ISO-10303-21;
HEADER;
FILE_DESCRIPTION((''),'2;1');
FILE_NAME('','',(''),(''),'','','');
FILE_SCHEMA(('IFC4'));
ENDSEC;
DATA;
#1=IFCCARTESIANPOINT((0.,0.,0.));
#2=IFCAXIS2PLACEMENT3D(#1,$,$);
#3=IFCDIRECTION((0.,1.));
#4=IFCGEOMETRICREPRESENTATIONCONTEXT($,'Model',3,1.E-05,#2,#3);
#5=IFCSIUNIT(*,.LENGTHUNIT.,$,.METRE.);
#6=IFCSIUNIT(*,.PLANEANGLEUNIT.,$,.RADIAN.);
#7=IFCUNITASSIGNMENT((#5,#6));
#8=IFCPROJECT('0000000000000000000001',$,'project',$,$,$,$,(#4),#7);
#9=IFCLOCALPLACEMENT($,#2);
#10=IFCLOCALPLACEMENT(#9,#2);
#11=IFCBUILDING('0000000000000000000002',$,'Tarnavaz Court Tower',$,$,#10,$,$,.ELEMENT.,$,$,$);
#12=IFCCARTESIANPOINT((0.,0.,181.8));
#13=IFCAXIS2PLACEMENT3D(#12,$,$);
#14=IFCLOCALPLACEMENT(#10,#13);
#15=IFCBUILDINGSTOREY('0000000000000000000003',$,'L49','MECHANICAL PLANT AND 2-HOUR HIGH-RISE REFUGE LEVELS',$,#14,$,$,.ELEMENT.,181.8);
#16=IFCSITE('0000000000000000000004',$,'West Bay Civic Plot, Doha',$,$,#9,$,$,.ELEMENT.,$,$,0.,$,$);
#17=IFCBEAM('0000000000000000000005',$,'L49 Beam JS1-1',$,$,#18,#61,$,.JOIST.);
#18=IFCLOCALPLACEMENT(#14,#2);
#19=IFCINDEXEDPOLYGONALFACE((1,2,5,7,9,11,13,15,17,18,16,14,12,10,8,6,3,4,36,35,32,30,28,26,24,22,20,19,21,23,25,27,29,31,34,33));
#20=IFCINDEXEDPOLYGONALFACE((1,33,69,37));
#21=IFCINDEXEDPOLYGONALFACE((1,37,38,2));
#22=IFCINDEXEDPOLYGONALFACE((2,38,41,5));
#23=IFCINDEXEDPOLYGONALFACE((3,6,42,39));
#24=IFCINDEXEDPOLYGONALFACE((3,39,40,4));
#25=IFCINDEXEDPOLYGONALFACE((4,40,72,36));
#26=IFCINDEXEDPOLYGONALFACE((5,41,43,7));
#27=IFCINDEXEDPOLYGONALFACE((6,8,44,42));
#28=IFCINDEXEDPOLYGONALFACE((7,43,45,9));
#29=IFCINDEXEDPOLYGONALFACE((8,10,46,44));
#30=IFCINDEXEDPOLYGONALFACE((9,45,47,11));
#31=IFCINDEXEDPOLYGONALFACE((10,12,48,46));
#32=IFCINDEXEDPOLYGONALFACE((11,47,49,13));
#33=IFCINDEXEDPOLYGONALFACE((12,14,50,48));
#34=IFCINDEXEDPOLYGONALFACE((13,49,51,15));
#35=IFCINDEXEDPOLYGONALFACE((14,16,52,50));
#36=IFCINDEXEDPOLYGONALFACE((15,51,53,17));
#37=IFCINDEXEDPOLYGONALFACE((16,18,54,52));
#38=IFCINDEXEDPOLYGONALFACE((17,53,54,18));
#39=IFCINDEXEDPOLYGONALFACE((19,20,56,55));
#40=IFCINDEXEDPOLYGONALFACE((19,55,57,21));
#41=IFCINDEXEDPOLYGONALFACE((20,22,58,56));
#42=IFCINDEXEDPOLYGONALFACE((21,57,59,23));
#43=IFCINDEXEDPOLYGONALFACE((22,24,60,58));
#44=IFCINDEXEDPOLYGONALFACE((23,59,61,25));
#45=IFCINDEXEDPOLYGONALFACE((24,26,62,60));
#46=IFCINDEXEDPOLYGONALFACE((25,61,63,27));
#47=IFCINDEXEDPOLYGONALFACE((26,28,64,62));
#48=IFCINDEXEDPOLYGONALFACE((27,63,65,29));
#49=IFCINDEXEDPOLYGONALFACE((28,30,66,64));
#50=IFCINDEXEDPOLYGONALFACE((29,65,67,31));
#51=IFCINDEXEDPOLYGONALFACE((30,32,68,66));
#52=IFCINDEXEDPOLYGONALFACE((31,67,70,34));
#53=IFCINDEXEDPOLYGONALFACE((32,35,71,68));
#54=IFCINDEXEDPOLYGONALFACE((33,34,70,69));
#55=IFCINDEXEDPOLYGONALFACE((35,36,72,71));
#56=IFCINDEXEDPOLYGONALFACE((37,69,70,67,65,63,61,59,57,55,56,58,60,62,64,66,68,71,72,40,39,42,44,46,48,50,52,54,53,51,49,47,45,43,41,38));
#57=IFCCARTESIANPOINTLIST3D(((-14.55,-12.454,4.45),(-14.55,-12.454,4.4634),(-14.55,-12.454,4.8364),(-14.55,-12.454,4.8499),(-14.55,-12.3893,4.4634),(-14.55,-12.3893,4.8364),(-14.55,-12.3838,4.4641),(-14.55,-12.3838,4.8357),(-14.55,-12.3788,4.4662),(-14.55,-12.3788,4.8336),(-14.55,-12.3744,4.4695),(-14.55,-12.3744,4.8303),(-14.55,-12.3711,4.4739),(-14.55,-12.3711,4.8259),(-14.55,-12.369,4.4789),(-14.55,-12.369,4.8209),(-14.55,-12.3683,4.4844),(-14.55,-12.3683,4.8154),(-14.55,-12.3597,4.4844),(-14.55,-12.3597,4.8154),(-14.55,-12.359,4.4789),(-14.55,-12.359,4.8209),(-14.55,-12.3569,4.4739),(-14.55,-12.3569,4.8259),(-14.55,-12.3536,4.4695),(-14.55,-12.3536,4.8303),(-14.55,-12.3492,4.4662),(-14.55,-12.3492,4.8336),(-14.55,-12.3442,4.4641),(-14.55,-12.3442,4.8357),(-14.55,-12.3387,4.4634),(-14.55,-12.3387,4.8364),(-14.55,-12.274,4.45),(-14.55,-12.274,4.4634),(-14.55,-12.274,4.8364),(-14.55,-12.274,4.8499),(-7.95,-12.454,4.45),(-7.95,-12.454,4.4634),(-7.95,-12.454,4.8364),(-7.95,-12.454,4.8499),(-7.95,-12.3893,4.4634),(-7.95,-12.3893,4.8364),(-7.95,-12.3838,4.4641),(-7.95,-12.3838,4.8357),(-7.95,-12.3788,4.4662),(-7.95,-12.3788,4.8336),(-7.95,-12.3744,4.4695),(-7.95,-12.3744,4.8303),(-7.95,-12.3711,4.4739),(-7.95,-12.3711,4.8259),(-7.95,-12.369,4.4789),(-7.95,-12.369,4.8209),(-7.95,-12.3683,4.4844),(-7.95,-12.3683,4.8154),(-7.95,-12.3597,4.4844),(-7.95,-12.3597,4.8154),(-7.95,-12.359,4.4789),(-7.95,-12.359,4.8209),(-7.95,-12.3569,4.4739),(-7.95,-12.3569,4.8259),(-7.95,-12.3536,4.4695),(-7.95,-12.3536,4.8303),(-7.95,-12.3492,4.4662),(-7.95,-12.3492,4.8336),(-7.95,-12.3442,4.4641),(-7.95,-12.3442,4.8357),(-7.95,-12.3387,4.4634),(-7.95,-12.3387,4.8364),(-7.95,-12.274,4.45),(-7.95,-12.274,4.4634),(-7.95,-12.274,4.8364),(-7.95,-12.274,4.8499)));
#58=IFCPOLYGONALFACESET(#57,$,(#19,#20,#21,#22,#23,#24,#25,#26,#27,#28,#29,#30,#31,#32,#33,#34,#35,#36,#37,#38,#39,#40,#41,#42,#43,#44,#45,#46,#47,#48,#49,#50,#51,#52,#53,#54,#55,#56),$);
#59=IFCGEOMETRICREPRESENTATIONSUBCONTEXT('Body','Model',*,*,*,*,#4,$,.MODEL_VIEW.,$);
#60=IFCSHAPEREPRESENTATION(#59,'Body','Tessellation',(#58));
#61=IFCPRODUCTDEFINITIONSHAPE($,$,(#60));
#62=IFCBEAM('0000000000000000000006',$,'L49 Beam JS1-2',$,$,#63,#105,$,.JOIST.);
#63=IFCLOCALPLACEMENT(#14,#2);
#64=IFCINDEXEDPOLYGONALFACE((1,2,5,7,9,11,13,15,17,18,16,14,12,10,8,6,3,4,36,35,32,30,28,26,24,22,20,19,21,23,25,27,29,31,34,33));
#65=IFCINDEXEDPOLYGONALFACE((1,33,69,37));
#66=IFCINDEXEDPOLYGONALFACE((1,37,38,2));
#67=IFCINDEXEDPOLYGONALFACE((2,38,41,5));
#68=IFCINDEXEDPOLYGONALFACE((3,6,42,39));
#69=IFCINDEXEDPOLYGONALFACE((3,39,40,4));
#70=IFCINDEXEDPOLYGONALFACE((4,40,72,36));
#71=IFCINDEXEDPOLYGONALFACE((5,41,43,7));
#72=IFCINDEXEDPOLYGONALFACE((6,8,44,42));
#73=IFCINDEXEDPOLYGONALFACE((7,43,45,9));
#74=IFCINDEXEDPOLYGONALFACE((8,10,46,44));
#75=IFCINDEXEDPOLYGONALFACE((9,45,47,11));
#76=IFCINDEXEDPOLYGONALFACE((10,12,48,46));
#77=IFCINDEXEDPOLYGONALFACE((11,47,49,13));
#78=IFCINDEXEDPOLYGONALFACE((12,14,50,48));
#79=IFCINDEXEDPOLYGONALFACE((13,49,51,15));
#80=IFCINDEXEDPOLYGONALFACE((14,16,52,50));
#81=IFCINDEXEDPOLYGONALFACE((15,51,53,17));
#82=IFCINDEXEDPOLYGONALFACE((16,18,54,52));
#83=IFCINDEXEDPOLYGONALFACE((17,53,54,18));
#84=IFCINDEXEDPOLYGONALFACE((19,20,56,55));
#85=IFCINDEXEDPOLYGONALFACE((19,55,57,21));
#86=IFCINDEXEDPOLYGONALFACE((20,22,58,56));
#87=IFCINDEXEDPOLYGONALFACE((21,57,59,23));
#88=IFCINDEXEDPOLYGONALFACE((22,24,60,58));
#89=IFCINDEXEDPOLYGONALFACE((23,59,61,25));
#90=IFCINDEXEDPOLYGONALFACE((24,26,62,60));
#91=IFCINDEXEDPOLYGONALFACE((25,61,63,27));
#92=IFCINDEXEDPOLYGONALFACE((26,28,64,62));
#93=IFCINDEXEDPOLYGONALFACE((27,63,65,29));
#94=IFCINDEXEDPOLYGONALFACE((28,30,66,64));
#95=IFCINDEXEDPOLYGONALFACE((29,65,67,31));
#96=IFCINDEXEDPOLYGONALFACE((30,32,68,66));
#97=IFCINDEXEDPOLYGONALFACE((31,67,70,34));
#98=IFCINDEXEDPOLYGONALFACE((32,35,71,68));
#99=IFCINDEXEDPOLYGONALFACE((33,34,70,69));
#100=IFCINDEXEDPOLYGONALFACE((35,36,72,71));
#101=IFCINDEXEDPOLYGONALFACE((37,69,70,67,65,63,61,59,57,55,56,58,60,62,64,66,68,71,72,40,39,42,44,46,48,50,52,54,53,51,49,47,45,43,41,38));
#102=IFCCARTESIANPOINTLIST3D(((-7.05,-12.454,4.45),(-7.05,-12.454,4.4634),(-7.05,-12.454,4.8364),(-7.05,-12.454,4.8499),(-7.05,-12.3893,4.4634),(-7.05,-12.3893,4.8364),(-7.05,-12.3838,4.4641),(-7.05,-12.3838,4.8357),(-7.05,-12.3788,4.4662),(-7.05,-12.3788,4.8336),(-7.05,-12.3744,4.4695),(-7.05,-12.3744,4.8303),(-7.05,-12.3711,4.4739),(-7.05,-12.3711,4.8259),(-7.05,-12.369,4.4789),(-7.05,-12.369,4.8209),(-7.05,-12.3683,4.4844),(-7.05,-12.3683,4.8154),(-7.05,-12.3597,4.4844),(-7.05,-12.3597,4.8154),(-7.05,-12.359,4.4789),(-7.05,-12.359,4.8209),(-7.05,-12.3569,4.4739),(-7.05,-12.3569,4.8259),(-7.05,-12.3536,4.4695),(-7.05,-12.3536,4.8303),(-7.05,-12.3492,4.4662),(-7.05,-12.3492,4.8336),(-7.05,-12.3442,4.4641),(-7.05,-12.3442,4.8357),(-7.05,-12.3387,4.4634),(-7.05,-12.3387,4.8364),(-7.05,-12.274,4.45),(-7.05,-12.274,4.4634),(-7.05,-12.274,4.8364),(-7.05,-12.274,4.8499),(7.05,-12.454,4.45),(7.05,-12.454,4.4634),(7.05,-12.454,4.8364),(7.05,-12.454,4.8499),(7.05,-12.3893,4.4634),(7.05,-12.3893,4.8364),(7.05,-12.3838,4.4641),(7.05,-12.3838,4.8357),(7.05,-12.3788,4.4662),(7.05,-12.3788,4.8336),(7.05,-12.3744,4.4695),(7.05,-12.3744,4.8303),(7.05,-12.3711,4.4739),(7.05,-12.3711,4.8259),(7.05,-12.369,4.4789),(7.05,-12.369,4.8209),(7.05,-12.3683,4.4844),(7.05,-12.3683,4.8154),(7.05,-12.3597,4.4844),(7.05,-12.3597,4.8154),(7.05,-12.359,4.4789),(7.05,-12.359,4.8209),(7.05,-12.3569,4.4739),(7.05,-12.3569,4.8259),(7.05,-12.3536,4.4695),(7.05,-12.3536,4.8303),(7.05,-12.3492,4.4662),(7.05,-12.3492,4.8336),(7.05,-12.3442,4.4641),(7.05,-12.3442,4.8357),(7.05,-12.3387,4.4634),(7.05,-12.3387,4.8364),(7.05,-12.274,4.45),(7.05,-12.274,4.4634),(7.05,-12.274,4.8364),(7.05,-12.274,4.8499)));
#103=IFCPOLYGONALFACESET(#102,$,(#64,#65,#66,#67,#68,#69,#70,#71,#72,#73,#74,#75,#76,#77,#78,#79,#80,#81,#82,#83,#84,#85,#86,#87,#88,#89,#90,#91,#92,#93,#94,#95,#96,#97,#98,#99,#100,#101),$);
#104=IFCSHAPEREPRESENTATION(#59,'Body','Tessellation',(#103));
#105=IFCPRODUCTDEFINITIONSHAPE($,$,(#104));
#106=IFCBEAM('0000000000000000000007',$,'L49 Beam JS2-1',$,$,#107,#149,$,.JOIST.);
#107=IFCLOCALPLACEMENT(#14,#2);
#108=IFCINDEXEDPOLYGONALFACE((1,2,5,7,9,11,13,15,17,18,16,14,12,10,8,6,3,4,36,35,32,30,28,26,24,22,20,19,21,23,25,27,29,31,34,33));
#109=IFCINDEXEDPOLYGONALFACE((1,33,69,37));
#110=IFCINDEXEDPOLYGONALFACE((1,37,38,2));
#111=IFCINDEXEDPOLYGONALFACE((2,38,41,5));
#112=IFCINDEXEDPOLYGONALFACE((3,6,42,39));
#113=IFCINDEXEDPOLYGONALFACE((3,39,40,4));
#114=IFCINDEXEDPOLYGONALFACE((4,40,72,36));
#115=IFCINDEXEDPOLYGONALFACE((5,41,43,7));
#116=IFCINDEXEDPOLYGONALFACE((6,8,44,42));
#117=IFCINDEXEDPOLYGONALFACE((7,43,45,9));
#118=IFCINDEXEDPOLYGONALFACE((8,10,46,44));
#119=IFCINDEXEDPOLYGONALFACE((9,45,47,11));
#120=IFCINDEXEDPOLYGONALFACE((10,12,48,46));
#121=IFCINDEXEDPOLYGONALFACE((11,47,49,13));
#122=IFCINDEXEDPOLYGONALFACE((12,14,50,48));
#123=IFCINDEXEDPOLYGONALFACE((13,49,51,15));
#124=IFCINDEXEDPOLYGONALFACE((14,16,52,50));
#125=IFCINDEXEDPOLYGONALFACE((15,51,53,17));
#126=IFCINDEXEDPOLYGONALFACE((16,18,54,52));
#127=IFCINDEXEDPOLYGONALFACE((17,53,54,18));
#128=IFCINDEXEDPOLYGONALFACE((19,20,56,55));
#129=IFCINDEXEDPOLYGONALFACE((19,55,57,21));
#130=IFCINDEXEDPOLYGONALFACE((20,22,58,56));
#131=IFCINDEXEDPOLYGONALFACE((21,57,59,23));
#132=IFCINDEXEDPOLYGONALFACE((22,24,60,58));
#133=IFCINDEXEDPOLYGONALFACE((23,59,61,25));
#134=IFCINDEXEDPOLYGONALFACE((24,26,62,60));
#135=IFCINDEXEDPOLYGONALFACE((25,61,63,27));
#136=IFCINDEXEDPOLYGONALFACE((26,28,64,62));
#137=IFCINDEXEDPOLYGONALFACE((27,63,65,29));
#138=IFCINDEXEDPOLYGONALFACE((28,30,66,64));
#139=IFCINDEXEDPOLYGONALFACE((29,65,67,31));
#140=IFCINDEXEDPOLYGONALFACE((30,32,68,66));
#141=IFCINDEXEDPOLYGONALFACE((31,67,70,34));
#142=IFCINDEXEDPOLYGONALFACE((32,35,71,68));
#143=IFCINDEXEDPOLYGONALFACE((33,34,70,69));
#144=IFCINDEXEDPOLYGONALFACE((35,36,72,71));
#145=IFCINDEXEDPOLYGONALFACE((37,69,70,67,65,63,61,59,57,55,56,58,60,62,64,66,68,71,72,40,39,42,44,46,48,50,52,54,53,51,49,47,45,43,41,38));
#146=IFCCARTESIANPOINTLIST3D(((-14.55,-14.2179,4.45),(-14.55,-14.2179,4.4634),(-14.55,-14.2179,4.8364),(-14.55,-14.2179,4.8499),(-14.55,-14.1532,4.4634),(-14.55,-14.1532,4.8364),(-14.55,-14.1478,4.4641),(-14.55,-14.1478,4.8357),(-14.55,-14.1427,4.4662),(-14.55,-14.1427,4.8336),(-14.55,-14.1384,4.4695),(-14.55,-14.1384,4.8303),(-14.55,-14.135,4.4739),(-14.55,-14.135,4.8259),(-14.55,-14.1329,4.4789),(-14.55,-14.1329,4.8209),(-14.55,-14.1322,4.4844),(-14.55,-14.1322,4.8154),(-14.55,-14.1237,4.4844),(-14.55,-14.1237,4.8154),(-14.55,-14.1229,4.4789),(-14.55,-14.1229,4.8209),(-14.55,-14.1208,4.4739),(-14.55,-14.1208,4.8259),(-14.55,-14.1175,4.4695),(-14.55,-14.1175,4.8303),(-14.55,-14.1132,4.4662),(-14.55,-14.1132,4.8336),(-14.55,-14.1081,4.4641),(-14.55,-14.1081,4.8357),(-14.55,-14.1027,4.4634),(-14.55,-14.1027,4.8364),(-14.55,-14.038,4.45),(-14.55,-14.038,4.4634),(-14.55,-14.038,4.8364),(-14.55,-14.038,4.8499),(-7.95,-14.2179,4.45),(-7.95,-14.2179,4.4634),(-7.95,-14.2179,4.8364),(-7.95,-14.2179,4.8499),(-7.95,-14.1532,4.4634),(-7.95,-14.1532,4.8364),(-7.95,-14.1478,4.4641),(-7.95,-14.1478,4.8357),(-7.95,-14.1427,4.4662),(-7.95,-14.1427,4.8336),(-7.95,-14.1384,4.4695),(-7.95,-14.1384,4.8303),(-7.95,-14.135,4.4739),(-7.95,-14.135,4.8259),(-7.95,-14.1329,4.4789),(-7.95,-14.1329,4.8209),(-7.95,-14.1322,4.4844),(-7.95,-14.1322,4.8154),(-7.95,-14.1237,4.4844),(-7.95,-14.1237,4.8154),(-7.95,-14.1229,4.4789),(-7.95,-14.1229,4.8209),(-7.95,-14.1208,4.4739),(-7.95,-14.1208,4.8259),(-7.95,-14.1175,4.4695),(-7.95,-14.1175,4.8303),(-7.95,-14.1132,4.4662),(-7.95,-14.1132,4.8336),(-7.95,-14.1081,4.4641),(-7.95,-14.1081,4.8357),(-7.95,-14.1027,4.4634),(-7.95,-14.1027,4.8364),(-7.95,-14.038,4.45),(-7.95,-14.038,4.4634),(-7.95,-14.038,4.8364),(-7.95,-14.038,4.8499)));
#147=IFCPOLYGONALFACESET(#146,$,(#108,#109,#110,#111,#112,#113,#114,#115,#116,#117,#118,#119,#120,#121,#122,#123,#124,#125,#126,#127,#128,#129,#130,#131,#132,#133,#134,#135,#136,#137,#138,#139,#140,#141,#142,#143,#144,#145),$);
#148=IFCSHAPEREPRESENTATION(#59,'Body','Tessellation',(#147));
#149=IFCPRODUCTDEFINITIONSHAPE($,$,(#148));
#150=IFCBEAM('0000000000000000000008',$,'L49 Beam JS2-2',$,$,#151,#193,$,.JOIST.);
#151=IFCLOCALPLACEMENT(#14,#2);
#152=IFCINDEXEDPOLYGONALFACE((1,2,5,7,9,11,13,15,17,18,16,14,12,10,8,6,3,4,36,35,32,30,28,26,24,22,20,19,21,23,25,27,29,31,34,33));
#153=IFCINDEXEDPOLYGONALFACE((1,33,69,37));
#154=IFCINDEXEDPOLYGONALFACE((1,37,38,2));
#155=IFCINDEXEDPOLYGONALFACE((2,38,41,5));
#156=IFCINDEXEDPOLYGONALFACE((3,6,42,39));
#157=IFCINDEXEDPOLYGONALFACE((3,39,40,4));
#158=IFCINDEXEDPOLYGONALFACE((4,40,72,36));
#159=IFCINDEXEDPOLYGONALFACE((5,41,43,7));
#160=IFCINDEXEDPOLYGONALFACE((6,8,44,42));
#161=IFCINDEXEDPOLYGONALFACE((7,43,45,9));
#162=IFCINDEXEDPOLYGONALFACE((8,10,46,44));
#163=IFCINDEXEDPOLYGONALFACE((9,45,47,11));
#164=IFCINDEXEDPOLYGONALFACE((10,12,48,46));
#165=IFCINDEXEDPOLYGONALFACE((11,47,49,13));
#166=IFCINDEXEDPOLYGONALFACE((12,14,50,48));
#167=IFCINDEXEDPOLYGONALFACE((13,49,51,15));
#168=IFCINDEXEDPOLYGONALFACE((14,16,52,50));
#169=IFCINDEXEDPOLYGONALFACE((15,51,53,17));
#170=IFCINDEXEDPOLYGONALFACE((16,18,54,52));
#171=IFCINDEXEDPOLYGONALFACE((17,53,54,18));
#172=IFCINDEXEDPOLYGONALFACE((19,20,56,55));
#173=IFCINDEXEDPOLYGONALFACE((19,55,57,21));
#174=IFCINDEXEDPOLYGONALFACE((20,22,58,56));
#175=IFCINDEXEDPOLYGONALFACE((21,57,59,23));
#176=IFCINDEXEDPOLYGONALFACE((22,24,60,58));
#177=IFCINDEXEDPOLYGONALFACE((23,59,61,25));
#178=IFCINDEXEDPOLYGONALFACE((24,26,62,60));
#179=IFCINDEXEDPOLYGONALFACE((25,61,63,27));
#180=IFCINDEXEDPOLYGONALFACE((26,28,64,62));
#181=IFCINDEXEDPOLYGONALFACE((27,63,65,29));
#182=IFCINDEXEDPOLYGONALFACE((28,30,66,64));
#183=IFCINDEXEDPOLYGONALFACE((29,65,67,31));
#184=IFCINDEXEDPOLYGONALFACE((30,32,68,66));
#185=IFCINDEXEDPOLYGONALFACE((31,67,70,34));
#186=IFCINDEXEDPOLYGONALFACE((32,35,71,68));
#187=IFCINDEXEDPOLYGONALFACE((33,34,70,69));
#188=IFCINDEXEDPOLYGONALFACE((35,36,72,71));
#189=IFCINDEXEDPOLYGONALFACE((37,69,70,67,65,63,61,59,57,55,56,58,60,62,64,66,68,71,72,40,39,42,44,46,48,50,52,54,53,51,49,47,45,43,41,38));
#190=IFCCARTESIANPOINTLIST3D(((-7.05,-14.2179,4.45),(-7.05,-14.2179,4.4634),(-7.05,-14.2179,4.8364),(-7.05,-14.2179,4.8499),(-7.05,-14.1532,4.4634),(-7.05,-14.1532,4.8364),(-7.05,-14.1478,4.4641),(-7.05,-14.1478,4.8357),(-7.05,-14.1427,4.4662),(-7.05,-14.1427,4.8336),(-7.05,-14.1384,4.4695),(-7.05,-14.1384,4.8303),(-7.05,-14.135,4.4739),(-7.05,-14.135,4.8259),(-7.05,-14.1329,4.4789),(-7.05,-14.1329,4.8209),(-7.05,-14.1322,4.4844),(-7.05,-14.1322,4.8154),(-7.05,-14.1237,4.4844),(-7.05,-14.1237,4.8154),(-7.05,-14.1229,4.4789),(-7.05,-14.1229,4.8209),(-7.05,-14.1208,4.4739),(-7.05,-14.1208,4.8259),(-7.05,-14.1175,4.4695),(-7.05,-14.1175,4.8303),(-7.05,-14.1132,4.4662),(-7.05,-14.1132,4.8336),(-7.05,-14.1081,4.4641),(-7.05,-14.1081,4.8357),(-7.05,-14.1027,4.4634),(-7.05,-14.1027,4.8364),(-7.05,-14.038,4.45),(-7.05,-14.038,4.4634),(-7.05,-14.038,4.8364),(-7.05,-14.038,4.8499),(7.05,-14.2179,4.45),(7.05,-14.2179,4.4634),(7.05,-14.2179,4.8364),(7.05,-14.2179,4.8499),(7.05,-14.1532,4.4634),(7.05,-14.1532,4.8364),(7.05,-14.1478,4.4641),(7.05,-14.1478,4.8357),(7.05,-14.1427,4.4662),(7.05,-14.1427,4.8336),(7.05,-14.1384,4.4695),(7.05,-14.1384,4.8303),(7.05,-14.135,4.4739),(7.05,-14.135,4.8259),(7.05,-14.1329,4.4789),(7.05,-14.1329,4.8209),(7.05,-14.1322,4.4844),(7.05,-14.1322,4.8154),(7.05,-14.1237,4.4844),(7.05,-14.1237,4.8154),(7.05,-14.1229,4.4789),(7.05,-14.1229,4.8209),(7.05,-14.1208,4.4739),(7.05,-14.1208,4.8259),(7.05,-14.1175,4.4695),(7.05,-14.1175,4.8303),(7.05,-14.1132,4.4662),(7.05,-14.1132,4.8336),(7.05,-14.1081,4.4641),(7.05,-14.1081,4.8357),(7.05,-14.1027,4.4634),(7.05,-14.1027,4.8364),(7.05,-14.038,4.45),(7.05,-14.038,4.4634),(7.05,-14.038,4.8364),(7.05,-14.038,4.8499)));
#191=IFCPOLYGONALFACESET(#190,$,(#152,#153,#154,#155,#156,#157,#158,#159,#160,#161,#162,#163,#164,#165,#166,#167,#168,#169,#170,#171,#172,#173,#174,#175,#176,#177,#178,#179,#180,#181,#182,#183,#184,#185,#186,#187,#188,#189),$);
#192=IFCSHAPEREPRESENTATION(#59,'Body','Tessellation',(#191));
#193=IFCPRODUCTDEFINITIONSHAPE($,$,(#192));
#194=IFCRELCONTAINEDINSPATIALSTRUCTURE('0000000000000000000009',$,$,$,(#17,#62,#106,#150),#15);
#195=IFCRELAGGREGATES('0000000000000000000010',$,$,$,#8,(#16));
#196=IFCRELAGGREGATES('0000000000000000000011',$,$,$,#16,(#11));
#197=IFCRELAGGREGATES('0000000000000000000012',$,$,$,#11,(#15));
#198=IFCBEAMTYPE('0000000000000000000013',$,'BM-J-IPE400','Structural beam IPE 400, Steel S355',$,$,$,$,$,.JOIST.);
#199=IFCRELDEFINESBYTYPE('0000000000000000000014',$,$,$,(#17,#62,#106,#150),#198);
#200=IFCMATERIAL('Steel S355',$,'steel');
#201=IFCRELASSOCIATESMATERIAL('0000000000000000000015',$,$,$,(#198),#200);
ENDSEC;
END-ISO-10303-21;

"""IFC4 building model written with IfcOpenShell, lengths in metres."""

from ifc_helpers import new_model, si_unit, direction, frame, origin, origin_2d, place, context, subcontext, project, spatial, i_section, extrude, material, material_profile, profile_set, type_object, element, save


model = new_model("IFC4")

# Units and contexts
model_context = context("Model", 3, precision=1e-05, world=origin(), true_north=direction((0.0, 1.0)))
body_context = subcontext(model_context, "Body", "Model", "MODEL_VIEW")
ifc_project = project(units=[si_unit("LENGTHUNIT", "METRE"), si_unit("PLANEANGLEUNIT", "RADIAN")], contexts=[model_context])

# Site, building, storey
site_placement = place(None, origin())
site = spatial("IfcSite", under=ifc_project, at=site_placement, Name="West Bay Civic Plot, Doha", CompositionType="ELEMENT", RefElevation=0.0)
building_placement = place(site_placement, origin())
building = spatial("IfcBuilding", under=site, at=building_placement, Name="Tarnavaz Court Tower", CompositionType="ELEMENT")
storey_placement = place(building_placement, frame((0.0, 0.0, 181.8)))
storey = spatial("IfcBuildingStorey", under=building, at=storey_placement, Name="L49", Description="MECHANICAL PLANT AND 2-HOUR HIGH-RISE REFUGE LEVELS", CompositionType="ELEMENT", Elevation=181.8)

# Beams
ifc_material_1 = material(Name="Steel S355", Category="steel")
ifc_material_profile_1 = material_profile(ifc_material_1, i_section(OverallWidth=0.1799, OverallDepth=0.3999, WebThickness=0.0085, FlangeThickness=0.0134, FilletRadius=0.021, at=origin_2d()), Name="IPE 400")
ifc_profile_set_1 = profile_set([ifc_material_profile_1], Name="Steel S355")
beam_type_1 = type_object("IfcBeamType", Name="BM-J-IPE400", Description="Structural beam IPE 400, Steel S355", PredefinedType="JOIST", material=ifc_profile_set_1)
beam_1_placement = place(storey_placement, frame((-14.55, -12.364, 4.6499), z_axis=(1.0, 0.0, 0.0), x_axis=(0.0, 1.0, 0.0)))
element("IfcBeam", 1, at=beam_1_placement, inside=storey, type_object=beam_type_1, Name="L49 Beam JS1-1", PredefinedType="JOIST", context=body_context, shape_type="SweptSolid", body=[
    extrude(i_section(OverallWidth=0.1799, OverallDepth=0.3999, WebThickness=0.0085, FlangeThickness=0.0134, FilletRadius=0.021, at=origin_2d()), origin(), (0.0, 0.0, 1.0), 6.6001),
])
beam_2_placement = place(storey_placement, frame((-7.05, -12.364, 4.6499), z_axis=(1.0, 0.0, 0.0), x_axis=(0.0, 1.0, 0.0)))
element("IfcBeam", 2, at=beam_2_placement, inside=storey, type_object=beam_type_1, Name="L49 Beam JS1-2", PredefinedType="JOIST", context=body_context, shape_type="SweptSolid", body=[
    extrude(i_section(OverallWidth=0.1799, OverallDepth=0.3999, WebThickness=0.0085, FlangeThickness=0.0134, FilletRadius=0.021, at=origin_2d()), origin(), (0.0, 0.0, 1.0), 14.1001),
])
beam_3_placement = place(storey_placement, frame((-14.55, -14.1279, 4.6499), z_axis=(1.0, 0.0, 0.0), x_axis=(0.0, 1.0, 0.0)))
element("IfcBeam", 3, at=beam_3_placement, inside=storey, type_object=beam_type_1, Name="L49 Beam JS2-1", PredefinedType="JOIST", context=body_context, shape_type="SweptSolid", body=[
    extrude(i_section(OverallWidth=0.1799, OverallDepth=0.3999, WebThickness=0.0085, FlangeThickness=0.0134, FilletRadius=0.021, at=origin_2d()), origin(), (0.0, 0.0, 1.0), 6.6001),
])
for number, where, z_axis, x_axis, name in (
    (4, (-7.05, -14.1279, 4.6499), (1.0, 0.0, 0.0), (0.0, 1.0, 0.0), "L49 Beam JS2-2"),
):
    element("IfcBeam", number, at=place(storey_placement, frame(where, z_axis=z_axis, x_axis=x_axis)), inside=storey, type_object=beam_type_1, Name=name, PredefinedType="JOIST", context=body_context, shape_type="SweptSolid", body=[
        extrude(i_section(OverallWidth=0.1799, OverallDepth=0.3999, WebThickness=0.0085, FlangeThickness=0.0134, FilletRadius=0.021, at=origin_2d()), origin(), (0.0, 0.0, 1.0), 14.1001),
    ])

save(model, "model.ifc")
